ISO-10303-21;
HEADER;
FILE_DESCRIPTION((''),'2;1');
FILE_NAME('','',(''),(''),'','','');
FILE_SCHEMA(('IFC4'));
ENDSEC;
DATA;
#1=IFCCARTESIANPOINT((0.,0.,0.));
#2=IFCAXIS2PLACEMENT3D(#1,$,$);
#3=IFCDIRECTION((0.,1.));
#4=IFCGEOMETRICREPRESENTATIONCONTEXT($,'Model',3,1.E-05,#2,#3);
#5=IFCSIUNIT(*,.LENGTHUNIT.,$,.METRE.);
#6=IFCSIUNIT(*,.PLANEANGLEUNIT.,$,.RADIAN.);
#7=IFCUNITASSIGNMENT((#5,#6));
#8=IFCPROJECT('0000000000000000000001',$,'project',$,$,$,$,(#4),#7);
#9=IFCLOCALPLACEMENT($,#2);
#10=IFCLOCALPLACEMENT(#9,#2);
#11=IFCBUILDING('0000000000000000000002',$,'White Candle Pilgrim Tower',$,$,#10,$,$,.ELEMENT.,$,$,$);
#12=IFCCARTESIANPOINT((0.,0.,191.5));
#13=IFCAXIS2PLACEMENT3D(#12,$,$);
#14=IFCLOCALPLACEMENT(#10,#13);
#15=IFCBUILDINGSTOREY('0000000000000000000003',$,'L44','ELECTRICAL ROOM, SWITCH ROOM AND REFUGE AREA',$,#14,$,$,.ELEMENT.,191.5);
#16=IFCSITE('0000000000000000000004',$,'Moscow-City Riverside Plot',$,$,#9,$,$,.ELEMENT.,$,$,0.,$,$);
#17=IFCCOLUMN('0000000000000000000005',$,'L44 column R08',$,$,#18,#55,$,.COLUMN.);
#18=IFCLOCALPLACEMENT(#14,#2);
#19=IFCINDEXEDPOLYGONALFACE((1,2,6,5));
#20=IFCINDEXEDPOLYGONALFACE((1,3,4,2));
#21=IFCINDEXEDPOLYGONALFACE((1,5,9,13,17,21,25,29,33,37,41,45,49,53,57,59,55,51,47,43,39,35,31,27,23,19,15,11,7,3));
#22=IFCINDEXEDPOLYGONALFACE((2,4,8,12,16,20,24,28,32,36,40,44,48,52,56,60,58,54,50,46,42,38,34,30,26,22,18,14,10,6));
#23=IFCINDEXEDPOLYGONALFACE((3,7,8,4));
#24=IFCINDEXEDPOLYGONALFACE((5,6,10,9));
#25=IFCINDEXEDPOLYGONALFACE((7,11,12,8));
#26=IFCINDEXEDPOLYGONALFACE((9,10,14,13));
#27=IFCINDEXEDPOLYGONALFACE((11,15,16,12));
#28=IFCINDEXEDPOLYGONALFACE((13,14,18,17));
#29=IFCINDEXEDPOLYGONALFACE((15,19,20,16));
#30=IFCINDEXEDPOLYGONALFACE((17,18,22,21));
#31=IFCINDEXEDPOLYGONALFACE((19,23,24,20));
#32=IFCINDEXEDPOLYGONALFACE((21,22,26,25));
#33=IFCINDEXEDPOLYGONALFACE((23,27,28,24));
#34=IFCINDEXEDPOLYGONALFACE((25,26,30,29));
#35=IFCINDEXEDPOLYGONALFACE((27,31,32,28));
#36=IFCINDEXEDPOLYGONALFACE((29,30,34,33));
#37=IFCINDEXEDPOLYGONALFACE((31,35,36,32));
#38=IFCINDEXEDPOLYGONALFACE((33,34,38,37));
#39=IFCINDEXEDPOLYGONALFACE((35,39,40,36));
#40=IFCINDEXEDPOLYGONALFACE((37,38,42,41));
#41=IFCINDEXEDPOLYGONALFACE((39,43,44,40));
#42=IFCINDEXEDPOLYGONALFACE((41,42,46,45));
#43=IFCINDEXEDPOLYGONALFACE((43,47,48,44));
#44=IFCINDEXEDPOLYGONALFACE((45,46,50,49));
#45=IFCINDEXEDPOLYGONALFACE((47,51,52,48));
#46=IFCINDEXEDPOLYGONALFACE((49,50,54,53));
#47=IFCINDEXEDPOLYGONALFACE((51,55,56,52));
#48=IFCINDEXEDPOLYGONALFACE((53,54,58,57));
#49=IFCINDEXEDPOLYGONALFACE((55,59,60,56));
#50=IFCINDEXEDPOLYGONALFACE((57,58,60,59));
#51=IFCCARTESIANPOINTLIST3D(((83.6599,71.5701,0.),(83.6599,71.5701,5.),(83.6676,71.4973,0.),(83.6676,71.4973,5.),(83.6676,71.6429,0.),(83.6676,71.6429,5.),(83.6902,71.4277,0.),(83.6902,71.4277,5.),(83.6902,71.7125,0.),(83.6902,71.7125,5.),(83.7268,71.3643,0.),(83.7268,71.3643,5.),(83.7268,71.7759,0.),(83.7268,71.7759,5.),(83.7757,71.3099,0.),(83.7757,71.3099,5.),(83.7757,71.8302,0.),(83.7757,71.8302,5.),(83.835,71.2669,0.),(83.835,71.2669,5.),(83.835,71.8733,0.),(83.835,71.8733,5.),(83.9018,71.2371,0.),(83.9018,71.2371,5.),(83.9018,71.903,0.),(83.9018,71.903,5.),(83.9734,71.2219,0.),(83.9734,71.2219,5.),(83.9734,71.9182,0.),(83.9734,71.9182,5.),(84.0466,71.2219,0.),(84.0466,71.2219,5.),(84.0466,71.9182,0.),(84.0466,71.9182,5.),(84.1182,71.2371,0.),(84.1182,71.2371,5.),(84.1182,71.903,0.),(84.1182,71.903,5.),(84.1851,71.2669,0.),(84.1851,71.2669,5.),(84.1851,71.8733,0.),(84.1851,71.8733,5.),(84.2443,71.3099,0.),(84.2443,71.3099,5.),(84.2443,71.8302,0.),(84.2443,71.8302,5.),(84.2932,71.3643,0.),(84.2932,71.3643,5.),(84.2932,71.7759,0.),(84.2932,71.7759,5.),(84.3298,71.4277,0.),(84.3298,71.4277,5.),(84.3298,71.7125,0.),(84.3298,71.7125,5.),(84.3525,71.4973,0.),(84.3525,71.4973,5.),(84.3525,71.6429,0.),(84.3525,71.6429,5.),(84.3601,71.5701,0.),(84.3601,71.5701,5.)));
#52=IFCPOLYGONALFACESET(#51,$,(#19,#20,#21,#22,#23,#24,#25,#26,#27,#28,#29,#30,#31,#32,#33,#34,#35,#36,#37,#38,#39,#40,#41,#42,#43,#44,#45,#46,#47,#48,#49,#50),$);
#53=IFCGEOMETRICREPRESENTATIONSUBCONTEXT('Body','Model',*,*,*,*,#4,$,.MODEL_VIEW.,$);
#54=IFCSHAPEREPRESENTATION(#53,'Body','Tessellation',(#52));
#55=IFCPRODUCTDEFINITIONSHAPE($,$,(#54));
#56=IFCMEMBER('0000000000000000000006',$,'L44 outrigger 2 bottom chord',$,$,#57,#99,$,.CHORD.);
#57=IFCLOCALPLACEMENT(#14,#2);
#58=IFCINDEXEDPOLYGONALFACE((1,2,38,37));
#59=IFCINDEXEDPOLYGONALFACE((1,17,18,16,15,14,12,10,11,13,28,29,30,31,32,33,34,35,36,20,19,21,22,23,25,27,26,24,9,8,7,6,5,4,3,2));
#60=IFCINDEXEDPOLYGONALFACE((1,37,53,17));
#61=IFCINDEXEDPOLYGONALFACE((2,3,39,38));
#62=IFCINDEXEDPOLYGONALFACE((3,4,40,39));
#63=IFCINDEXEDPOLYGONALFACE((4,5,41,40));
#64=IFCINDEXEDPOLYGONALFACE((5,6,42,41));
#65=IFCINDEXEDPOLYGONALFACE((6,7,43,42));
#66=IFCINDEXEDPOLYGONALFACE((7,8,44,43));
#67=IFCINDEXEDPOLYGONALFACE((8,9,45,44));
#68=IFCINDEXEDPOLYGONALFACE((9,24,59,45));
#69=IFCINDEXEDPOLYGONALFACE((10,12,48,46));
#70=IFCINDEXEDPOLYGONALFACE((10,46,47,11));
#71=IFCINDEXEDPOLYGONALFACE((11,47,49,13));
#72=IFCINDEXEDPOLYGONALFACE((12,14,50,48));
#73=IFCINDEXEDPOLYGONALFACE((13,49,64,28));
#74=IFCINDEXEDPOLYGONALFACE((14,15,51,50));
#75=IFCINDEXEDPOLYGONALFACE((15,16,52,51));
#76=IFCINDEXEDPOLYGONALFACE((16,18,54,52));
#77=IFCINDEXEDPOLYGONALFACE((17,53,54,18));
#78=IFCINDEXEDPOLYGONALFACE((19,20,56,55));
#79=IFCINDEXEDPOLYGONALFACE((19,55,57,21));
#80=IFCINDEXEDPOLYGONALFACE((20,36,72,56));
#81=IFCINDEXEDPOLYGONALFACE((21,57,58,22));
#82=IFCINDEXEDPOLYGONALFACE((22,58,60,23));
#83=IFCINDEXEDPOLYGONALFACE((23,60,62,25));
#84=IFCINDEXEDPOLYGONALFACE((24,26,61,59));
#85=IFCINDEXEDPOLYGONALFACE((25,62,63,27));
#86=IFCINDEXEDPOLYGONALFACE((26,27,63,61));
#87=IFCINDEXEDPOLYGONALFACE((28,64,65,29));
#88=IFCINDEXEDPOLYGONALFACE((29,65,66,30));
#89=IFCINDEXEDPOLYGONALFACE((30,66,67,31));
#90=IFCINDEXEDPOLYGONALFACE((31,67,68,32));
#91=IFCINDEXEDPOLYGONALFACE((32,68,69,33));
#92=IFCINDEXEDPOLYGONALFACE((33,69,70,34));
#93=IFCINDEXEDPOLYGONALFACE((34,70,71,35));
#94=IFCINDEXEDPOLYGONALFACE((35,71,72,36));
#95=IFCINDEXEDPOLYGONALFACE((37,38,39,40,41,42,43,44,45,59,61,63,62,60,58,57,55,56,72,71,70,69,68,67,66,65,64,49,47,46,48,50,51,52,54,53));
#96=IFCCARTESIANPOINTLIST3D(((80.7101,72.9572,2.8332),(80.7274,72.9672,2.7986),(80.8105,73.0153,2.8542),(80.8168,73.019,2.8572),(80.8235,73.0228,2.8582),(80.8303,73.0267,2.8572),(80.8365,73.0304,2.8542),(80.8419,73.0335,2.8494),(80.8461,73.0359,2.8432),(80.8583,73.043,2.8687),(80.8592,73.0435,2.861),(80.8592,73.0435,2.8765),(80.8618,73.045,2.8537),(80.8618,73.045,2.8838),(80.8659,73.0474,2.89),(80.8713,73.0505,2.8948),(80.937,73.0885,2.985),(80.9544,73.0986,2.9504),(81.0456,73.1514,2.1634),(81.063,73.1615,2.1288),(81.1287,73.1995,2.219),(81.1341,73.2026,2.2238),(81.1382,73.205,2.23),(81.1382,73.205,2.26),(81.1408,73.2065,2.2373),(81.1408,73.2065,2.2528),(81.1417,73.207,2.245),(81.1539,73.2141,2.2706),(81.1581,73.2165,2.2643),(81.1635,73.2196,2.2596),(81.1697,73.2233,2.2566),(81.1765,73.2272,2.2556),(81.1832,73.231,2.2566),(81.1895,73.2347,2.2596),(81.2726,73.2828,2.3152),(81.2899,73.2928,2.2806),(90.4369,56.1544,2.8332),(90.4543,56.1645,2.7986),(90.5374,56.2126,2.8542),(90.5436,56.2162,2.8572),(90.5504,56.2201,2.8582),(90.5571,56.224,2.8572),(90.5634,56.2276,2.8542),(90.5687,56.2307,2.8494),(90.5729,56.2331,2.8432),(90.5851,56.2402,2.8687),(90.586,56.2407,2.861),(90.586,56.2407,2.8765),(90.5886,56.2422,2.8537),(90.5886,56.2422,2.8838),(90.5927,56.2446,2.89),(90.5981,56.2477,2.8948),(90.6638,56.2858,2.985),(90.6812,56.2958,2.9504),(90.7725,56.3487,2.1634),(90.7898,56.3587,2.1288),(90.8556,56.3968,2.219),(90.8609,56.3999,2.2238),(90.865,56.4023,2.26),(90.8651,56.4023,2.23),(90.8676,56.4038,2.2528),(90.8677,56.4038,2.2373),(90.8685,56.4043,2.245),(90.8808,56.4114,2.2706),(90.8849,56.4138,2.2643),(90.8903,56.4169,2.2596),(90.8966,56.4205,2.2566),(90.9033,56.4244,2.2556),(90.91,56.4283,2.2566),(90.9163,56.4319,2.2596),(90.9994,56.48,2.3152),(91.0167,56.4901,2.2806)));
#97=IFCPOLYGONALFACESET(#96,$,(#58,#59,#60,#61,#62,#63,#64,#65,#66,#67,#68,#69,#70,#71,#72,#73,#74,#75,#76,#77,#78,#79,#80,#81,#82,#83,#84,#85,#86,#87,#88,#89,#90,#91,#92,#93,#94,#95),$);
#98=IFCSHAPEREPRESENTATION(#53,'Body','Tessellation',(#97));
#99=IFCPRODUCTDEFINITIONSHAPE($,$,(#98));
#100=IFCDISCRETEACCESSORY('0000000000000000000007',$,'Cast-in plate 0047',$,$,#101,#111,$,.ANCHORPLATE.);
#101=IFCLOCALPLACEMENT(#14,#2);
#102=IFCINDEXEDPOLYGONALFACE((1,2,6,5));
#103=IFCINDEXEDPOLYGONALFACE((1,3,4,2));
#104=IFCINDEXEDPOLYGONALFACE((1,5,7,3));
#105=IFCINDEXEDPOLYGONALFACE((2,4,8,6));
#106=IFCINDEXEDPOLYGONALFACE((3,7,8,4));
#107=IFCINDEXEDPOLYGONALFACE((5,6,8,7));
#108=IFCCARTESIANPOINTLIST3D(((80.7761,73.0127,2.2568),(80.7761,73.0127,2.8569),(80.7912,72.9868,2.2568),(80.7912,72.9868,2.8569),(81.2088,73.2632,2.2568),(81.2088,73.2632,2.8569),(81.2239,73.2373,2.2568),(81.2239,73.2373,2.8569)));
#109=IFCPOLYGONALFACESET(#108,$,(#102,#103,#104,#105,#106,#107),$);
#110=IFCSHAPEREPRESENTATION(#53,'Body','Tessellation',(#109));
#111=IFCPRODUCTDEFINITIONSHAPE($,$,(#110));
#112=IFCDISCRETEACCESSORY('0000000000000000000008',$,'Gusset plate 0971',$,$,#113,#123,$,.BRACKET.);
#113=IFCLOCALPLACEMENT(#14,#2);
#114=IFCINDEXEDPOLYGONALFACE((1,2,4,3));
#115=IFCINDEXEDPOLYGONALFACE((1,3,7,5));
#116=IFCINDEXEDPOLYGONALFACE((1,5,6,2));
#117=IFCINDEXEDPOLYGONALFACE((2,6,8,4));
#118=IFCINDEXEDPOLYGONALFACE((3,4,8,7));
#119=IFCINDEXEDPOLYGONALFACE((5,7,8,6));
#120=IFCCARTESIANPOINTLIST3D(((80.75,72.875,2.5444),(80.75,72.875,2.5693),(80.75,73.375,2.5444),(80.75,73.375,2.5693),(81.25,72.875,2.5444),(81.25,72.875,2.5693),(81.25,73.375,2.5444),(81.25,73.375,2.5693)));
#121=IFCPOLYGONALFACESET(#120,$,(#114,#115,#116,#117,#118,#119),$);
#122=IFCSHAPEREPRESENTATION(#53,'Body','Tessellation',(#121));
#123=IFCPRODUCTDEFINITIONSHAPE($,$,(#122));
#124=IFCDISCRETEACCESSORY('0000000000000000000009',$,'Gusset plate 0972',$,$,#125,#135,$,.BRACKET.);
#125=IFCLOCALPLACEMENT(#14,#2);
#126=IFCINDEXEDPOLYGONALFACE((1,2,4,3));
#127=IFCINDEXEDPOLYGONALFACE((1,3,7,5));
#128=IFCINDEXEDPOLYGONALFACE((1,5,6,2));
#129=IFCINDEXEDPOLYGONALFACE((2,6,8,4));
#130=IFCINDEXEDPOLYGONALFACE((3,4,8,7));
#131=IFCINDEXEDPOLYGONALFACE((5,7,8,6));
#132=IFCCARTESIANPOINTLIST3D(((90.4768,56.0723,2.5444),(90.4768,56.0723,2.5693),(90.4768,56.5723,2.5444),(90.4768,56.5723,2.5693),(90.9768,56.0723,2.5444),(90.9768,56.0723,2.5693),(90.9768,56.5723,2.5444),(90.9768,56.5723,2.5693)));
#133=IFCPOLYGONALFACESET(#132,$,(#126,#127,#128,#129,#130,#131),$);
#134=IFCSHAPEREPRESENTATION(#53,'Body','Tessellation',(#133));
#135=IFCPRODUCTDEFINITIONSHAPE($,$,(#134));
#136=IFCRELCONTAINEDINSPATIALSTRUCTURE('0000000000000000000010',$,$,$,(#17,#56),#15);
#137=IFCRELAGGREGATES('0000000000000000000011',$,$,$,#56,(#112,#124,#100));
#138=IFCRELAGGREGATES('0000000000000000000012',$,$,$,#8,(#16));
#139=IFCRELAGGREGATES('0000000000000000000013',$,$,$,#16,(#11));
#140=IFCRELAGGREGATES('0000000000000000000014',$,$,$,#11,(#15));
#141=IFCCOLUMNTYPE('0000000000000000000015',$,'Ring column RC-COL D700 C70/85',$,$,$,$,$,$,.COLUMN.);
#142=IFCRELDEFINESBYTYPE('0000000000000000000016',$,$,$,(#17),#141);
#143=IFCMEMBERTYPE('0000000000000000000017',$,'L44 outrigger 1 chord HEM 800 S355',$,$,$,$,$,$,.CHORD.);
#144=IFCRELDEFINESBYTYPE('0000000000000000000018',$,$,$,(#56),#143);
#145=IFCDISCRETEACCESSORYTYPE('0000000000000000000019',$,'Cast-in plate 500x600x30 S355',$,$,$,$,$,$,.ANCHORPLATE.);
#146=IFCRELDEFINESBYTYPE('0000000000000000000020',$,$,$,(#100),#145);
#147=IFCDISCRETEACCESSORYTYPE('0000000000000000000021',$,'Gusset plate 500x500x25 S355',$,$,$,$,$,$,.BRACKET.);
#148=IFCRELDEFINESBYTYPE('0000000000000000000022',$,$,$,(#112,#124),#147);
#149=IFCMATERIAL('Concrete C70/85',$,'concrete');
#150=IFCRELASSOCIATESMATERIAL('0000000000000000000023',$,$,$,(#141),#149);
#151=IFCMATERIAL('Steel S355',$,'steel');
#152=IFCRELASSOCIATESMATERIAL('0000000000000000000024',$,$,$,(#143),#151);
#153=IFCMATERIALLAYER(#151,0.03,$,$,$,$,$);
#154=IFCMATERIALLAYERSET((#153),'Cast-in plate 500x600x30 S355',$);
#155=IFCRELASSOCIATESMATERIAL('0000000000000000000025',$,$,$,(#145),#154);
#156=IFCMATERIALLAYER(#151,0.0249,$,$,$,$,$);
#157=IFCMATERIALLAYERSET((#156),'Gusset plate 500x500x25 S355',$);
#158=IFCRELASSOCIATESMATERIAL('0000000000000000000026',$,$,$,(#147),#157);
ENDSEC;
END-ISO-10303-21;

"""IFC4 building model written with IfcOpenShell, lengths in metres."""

from ifc_helpers import new_model, si_unit, direction, frame, origin, origin_2d, place, context, subcontext, project, spatial, rectangle, circle, i_section, extrude, material, layer, layer_set, material_profile, profile_set, type_object, element, aggregate, save


model = new_model("IFC4")

# Units and contexts
model_context = context("Model", 3, precision=1e-05, world=origin(), true_north=direction((0.0, 1.0)))
body_context = subcontext(model_context, "Body", "Model", "MODEL_VIEW")
ifc_project = project(units=[si_unit("LENGTHUNIT", "METRE"), si_unit("PLANEANGLEUNIT", "RADIAN")], contexts=[model_context])

# Site, building, storey
site_placement = place(None, origin())
site = spatial("IfcSite", under=ifc_project, at=site_placement, Name="Moscow-City Riverside Plot", CompositionType="ELEMENT", RefElevation=0.0)
building_placement = place(site_placement, origin())
building = spatial("IfcBuilding", under=site, at=building_placement, Name="White Candle Pilgrim Tower", CompositionType="ELEMENT")
storey_placement = place(building_placement, frame((0.0, 0.0, 191.5)))
storey = spatial("IfcBuildingStorey", under=building, at=storey_placement, Name="L44", Description="ELECTRICAL ROOM, SWITCH ROOM AND REFUGE AREA", CompositionType="ELEMENT", Elevation=191.5)

# Column
ifc_material_1 = material(Name="Concrete C70/85", Category="concrete")
ifc_material_profile_1 = material_profile(ifc_material_1, circle(Radius=0.3501, at=origin_2d()), Name="RC-COL D700")
ifc_profile_set_1 = profile_set([ifc_material_profile_1], Name="Concrete C70/85")
column_type = type_object("IfcColumnType", Name="Ring column RC-COL D700 C70/85", PredefinedType="COLUMN", material=ifc_profile_set_1)
column_placement = place(storey_placement, frame((84.01, 71.5701, 0.0), z_axis=(0.0, 0.0, 1.0), x_axis=(1.0, 0.0, 0.0)))
element("IfcColumn", 1, at=column_placement, inside=storey, type_object=column_type, Name="L44 column R08", PredefinedType="COLUMN", context=body_context, shape_type="SweptSolid", body=[
    extrude(circle(Radius=0.3501, at=origin_2d()), origin(), (0.0, 0.0, 1.0), 5.0),
])

# Member
ifc_material_2 = material(Name="Steel S355", Category="steel")
ifc_material_profile_2 = material_profile(ifc_material_2, i_section(OverallWidth=0.303, OverallDepth=0.814, WebThickness=0.021, FlangeThickness=0.04, FilletRadius=0.03, at=origin_2d()), Name="HEM 800")
ifc_profile_set_2 = profile_set([ifc_material_profile_2], Name="Steel S355")
member_type_1 = type_object("IfcMemberType", Name="L44 outrigger 1 chord HEM 800 S355", PredefinedType="CHORD", material=ifc_profile_set_2)
member_1_placement = place(storey_placement, frame((81.0, 73.125, 2.5569), z_axis=(0.500994, -0.865451, 0.0), x_axis=(0.749008, 0.433587, 0.500989)))
member_1 = element("IfcMember", 2, at=member_1_placement, inside=storey, type_object=member_type_1, Name="L44 outrigger 2 bottom chord", PredefinedType="CHORD", context=body_context, shape_type="SweptSolid", body=[
    extrude(i_section(OverallWidth=0.303, OverallDepth=0.814, WebThickness=0.021, FlangeThickness=0.04, FilletRadius=0.03, at=origin_2d()), origin(), (0.0, 0.0, 1.0), 19.415),
])

# Discrete accessories
ifc_layer_1 = layer(ifc_material_2, 0.03)
ifc_layer_set_1 = layer_set([ifc_layer_1], Name="Cast-in plate 500x600x30 S355")
discrete_accessory_type_1 = type_object("IfcDiscreteAccessoryType", Name="Cast-in plate 500x600x30 S355", PredefinedType="ANCHORPLATE", material=ifc_layer_set_1)
discrete_accessory_1_placement = place(storey_placement, frame((81.0, 73.125, 2.2568), z_axis=(0.0, 0.0, 1.0), x_axis=(0.500982, -0.865458, 0.0)))
discrete_accessory_1 = element("IfcDiscreteAccessory", 3, at=discrete_accessory_1_placement, type_object=discrete_accessory_type_1, Name="Cast-in plate 0047", PredefinedType="ANCHORPLATE", context=body_context, shape_type="SweptSolid", body=[
    extrude(rectangle(XDim=0.03, YDim=0.5, at=origin_2d()), origin(), (0.0, 0.0, 1.0), 0.6001),
])
ifc_layer_2 = layer(ifc_material_2, 0.0249)
ifc_layer_set_2 = layer_set([ifc_layer_2], Name="Gusset plate 500x500x25 S355")
discrete_accessory_type_2 = type_object("IfcDiscreteAccessoryType", Name="Gusset plate 500x500x25 S355", PredefinedType="BRACKET", material=ifc_layer_set_2)
discrete_accessory_2_placement = place(storey_placement, frame((81.0, 73.125, 2.5444), z_axis=(0.0, 0.0, 1.0), x_axis=(1.0, 0.0, 0.0)))
discrete_accessory_2 = element("IfcDiscreteAccessory", 4, at=discrete_accessory_2_placement, type_object=discrete_accessory_type_2, Name="Gusset plate 0971", PredefinedType="BRACKET", context=body_context, shape_type="SweptSolid", body=[
    extrude(rectangle(XDim=0.5, YDim=0.5, at=origin_2d()), origin(), (0.0, 0.0, 1.0), 0.0249),
])
discrete_accessory_3_placement = place(storey_placement, frame((90.7268, 56.3223, 2.5444), z_axis=(0.0, 0.0, 1.0), x_axis=(1.0, 0.0, 0.0)))
discrete_accessory_3 = element("IfcDiscreteAccessory", 5, at=discrete_accessory_3_placement, type_object=discrete_accessory_type_2, Name="Gusset plate 0972", PredefinedType="BRACKET", context=body_context, shape_type="SweptSolid", body=[
    extrude(rectangle(XDim=0.5, YDim=0.5, at=origin_2d()), origin(), (0.0, 0.0, 1.0), 0.0249),
])
aggregate(member_1, [discrete_accessory_2, discrete_accessory_3, discrete_accessory_1])

save(model, "model.ifc")
